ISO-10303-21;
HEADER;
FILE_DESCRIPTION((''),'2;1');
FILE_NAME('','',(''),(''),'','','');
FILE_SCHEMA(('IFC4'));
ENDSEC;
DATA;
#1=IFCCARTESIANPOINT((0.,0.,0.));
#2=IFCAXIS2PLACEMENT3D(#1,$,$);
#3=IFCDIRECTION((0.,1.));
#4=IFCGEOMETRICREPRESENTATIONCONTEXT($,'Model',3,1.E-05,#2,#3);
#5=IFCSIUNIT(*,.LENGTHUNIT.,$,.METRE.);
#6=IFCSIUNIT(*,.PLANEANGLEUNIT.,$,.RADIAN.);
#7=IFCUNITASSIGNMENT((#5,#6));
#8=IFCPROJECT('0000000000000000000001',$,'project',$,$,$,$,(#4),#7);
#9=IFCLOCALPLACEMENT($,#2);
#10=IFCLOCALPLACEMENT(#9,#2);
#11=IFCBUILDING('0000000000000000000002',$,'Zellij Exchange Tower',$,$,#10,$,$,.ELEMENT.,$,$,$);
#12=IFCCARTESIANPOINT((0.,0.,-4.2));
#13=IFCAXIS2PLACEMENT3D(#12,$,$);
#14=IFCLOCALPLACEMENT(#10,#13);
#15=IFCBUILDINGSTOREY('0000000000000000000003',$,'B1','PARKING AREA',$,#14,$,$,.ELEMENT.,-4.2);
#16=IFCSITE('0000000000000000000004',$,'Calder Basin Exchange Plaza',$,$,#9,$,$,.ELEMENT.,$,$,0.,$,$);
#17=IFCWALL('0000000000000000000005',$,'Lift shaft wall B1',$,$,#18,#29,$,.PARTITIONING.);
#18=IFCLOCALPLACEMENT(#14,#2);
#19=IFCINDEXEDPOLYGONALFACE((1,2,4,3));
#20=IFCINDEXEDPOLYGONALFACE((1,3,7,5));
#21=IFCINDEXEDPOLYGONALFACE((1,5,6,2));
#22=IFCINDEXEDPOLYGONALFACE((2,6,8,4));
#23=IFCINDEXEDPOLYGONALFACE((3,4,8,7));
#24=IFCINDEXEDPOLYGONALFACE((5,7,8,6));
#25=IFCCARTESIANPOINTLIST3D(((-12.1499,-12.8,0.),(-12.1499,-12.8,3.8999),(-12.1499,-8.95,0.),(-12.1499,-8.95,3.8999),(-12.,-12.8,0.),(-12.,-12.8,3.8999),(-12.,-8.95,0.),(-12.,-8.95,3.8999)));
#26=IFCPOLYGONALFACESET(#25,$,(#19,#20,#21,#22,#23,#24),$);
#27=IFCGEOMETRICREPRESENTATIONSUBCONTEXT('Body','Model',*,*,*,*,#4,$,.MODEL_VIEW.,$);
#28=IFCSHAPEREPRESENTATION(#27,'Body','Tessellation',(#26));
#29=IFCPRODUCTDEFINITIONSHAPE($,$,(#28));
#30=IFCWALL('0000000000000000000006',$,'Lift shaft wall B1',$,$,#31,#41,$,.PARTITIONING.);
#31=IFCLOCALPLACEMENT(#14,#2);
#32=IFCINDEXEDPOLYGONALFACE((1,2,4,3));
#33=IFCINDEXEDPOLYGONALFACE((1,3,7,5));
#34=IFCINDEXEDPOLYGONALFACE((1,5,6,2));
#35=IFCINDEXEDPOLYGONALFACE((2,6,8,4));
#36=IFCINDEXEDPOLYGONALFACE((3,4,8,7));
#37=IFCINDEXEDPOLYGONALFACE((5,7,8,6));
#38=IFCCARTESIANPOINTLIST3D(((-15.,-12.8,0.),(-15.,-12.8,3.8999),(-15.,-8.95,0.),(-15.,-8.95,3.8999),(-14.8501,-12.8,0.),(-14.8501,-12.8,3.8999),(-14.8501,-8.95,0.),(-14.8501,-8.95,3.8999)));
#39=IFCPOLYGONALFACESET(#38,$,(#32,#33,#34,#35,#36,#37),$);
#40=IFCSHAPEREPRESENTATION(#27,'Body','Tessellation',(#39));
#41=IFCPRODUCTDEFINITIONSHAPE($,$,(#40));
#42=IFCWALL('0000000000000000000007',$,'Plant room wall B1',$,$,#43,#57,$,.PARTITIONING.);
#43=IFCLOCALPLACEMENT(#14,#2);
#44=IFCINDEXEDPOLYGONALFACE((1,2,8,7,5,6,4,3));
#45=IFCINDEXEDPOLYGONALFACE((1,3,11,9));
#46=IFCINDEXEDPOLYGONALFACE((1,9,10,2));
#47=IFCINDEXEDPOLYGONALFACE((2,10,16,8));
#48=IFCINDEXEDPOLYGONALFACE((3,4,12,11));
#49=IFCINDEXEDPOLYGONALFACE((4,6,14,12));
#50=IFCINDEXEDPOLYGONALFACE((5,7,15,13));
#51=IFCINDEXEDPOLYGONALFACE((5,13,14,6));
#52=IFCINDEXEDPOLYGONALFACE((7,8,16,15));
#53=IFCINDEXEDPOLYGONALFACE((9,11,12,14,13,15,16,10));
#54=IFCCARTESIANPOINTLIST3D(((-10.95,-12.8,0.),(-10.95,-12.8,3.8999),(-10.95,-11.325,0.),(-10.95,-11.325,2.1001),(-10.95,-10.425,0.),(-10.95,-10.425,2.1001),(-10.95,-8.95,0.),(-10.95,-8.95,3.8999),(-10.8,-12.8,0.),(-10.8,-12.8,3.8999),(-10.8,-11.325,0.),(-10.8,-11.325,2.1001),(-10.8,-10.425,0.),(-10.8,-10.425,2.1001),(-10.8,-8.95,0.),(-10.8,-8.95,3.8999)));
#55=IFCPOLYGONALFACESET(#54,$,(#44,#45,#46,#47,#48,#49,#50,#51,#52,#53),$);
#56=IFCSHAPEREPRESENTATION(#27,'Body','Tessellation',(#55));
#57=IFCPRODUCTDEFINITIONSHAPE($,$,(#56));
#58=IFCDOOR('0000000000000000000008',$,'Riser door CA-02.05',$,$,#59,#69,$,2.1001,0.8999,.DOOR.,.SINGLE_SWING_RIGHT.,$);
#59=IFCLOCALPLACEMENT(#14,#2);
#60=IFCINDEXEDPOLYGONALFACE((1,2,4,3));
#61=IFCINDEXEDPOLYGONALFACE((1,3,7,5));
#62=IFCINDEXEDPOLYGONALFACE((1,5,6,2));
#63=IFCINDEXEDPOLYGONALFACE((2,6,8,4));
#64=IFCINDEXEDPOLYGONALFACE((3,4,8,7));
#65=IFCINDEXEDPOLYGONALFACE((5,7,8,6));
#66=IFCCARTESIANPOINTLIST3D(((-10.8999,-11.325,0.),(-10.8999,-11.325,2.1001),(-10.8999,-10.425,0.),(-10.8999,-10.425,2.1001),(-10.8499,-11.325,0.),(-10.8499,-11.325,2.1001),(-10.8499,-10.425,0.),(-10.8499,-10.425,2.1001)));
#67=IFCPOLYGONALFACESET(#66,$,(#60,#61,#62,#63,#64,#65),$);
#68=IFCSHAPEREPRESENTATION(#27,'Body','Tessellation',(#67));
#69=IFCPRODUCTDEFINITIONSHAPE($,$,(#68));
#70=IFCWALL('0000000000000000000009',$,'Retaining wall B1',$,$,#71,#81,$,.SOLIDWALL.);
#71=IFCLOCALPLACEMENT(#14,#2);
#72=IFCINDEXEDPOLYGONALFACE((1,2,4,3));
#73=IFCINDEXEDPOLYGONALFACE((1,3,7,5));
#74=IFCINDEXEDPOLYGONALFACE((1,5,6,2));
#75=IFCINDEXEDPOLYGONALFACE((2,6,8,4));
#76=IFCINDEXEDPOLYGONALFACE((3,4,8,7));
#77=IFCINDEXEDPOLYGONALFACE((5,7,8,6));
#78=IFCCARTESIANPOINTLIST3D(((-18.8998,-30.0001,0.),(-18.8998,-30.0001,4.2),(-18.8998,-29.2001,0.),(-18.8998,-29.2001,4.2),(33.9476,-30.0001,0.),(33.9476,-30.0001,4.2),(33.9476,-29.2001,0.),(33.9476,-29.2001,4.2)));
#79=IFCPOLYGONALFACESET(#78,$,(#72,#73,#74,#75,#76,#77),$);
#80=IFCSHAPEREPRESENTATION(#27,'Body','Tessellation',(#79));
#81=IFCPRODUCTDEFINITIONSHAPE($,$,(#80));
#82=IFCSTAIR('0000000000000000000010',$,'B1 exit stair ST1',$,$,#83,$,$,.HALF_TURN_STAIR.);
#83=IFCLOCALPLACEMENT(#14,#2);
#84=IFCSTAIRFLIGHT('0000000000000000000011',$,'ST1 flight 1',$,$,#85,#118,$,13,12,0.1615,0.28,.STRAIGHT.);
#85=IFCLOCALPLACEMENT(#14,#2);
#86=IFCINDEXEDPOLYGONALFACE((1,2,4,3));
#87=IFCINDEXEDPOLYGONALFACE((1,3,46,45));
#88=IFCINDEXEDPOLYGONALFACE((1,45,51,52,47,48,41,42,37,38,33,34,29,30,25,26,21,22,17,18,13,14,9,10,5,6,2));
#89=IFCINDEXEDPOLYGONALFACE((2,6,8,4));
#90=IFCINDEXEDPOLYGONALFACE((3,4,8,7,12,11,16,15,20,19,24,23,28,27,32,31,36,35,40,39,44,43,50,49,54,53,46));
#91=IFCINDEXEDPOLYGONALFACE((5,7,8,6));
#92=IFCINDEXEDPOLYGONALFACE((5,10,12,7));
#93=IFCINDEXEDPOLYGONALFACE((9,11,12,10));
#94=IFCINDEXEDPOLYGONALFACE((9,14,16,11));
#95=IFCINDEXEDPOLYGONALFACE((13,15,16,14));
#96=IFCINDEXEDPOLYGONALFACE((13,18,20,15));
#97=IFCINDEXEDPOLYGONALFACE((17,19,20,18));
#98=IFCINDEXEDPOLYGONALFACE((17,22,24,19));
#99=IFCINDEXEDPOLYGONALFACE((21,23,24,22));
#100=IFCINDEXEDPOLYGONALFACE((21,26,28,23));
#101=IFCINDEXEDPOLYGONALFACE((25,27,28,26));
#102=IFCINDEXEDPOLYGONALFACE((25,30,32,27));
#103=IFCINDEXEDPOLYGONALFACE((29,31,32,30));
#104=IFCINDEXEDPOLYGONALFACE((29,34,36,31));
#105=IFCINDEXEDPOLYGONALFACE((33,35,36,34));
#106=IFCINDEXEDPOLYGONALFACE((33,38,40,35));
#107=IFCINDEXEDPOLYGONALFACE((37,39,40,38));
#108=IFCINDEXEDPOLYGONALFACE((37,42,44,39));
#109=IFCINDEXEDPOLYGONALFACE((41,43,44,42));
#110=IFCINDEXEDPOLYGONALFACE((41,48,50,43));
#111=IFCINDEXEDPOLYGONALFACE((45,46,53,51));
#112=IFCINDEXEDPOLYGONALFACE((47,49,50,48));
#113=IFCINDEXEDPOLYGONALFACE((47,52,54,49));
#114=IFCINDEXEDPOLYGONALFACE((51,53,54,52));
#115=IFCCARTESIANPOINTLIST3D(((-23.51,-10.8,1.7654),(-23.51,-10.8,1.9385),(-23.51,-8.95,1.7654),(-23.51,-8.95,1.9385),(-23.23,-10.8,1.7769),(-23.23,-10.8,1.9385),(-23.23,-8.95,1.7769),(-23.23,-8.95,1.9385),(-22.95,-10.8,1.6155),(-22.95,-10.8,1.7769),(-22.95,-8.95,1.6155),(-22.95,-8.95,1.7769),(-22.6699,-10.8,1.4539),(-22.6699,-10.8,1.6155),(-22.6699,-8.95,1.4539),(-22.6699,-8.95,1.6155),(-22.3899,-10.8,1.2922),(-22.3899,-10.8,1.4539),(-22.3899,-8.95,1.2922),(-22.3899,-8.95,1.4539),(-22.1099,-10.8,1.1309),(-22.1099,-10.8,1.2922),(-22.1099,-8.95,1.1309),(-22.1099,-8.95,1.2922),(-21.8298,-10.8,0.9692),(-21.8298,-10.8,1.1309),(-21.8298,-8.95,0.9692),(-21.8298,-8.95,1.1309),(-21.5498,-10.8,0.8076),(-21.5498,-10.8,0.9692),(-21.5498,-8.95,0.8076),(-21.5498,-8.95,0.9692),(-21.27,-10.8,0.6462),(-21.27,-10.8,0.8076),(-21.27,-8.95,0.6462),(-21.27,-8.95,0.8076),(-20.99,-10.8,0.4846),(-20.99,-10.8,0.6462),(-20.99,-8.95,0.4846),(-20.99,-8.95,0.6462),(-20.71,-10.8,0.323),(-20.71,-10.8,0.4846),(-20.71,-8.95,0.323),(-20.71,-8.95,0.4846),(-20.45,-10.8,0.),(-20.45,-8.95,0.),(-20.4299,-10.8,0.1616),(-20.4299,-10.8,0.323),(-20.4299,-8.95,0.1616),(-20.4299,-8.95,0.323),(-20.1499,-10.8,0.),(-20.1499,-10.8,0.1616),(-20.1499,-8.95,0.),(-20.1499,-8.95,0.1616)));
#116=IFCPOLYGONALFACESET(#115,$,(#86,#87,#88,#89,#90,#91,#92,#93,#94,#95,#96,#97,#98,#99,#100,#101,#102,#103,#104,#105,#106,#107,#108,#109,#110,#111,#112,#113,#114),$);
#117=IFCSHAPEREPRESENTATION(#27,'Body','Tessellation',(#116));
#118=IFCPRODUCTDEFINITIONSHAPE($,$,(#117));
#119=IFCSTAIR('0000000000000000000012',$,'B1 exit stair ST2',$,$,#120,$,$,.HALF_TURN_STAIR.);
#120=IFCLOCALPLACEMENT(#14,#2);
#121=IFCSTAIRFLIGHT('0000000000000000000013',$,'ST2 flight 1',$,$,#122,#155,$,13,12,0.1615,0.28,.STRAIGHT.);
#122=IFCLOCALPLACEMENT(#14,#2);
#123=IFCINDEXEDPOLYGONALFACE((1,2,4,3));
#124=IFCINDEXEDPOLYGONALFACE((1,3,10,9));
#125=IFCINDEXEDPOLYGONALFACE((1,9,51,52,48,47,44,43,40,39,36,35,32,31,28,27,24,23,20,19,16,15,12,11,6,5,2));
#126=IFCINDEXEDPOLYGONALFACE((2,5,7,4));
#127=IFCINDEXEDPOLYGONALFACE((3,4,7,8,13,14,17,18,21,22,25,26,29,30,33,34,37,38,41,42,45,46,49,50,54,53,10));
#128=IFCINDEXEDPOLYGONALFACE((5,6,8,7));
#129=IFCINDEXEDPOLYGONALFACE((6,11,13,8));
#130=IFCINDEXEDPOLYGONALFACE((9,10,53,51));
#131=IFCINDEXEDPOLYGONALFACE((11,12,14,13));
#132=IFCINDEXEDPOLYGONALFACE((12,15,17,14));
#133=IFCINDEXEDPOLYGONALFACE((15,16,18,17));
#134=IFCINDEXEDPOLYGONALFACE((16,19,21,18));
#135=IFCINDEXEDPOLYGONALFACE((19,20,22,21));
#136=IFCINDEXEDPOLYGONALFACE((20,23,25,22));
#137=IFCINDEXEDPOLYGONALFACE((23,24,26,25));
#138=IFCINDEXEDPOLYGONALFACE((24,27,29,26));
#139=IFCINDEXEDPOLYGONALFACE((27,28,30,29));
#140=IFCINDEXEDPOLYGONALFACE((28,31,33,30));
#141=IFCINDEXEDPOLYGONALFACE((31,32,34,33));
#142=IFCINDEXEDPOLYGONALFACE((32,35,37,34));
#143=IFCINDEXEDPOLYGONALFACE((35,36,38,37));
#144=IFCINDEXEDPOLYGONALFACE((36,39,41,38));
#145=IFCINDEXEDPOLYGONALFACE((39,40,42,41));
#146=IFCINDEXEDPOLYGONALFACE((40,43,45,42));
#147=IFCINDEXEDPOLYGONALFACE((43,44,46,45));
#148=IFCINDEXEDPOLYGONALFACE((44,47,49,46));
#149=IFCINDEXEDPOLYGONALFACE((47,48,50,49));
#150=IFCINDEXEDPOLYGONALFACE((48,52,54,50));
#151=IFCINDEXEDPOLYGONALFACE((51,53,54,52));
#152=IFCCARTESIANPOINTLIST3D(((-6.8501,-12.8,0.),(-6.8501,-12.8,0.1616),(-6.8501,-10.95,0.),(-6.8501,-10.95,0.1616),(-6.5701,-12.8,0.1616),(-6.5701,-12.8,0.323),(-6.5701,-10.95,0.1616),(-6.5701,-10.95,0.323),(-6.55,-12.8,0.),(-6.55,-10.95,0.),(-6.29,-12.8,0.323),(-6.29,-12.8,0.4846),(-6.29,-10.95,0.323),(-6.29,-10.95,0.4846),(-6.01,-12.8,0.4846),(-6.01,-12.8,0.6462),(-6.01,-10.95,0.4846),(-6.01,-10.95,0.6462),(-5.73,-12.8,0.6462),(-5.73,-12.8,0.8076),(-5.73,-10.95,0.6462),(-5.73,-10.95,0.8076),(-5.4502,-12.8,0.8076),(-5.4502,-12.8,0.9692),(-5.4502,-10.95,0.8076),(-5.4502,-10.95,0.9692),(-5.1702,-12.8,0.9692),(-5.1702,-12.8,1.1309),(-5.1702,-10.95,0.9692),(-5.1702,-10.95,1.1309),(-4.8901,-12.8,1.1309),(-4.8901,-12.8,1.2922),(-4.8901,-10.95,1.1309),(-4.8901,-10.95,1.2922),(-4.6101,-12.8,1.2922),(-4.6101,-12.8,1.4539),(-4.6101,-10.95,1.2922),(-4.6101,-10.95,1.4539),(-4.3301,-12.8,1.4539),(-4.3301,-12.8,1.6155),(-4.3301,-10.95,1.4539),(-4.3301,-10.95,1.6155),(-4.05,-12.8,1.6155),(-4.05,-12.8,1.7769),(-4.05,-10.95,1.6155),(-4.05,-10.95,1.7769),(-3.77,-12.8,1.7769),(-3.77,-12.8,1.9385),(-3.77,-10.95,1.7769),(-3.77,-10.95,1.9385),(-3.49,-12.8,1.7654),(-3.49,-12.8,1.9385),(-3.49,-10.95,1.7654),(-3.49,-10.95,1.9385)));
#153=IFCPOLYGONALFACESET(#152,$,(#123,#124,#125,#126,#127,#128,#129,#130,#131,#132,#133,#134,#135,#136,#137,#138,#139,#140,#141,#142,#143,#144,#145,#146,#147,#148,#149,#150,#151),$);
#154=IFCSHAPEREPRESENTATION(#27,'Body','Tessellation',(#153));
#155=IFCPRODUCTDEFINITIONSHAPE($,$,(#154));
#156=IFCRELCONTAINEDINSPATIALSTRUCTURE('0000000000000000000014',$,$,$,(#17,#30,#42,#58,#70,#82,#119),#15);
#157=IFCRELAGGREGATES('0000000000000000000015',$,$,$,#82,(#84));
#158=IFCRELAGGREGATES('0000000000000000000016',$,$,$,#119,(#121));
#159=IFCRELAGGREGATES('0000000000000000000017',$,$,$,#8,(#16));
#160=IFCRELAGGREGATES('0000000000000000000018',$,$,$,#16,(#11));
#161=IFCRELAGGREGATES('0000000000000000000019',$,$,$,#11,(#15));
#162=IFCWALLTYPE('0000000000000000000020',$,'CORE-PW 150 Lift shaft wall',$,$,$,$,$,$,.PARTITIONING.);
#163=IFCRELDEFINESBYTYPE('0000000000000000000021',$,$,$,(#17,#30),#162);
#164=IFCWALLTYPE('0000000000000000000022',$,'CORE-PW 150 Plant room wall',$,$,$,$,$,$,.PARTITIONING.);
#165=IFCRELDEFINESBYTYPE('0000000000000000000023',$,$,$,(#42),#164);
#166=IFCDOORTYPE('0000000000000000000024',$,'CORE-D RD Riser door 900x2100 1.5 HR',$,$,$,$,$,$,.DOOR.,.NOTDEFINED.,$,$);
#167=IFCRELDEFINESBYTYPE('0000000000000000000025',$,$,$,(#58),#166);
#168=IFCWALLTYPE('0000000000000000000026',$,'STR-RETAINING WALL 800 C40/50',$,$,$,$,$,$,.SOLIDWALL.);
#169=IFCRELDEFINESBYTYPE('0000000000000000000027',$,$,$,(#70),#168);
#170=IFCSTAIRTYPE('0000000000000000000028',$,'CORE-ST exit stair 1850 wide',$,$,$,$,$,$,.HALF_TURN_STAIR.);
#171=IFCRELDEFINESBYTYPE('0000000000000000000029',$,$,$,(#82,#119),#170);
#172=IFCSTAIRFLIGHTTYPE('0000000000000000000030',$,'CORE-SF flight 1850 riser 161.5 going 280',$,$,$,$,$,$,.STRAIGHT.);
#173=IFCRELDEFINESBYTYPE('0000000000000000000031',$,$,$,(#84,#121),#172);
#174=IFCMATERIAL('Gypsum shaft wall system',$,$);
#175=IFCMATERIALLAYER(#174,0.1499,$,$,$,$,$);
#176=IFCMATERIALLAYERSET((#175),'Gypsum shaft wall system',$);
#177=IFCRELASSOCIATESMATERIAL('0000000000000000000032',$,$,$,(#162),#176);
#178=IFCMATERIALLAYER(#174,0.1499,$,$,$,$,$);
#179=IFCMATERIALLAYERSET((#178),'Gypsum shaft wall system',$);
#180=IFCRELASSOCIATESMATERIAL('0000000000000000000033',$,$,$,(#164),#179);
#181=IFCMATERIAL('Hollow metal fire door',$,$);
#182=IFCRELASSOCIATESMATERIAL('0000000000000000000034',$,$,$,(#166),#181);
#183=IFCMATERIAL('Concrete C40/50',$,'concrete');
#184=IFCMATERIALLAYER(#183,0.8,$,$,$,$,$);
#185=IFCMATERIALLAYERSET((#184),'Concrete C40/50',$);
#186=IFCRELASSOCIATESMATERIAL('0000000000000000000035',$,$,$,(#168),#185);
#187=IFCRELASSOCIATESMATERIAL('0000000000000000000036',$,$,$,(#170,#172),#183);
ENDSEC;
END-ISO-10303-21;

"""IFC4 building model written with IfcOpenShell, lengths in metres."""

from ifc_helpers import new_model, si_unit, direction, frame, frame_2d, origin, place, context, subcontext, project, spatial, polyline, rectangle, outline, extrude, material, layer, layer_set, type_object, element, fill, aggregate, save


model = new_model("IFC4")

# Units and contexts
model_context = context("Model", 3, precision=1e-05, world=origin(), true_north=direction((0.0, 1.0)))
body_context = subcontext(model_context, "Body", "Model", "MODEL_VIEW")
ifc_project = project(units=[si_unit("LENGTHUNIT", "METRE"), si_unit("PLANEANGLEUNIT", "RADIAN")], contexts=[model_context])

# Site, building, storey
site_placement = place(None, origin())
site = spatial("IfcSite", under=ifc_project, at=site_placement, Name="Calder Basin Exchange Plaza", CompositionType="ELEMENT", RefElevation=0.0)
building_placement = place(site_placement, origin())
building = spatial("IfcBuilding", under=site, at=building_placement, Name="Zellij Exchange Tower", CompositionType="ELEMENT")
storey_placement = place(building_placement, frame((0.0, 0.0, -4.2)))
storey = spatial("IfcBuildingStorey", under=building, at=storey_placement, Name="B1", Description="PARKING AREA", CompositionType="ELEMENT", Elevation=-4.2)

# Shared definitions
ifc_material_1 = material(Name="Concrete C40/50", Category="concrete")

# Walls
ifc_material_2 = material(Name="Gypsum shaft wall system")
ifc_layer_1 = layer(ifc_material_2, 0.1499)
ifc_layer_set_1 = layer_set([ifc_layer_1], Name="Gypsum shaft wall system")
wall_type_1 = type_object("IfcWallType", Name="CORE-PW 150 Lift shaft wall", PredefinedType="PARTITIONING", material=ifc_layer_set_1)
for number, where, z_axis, x_axis, name in (
    (1, (-12.075, -12.8, 0.0), (0.0, 0.0, 1.0), (0.0, 1.0, 0.0), "Lift shaft wall B1"),
    (2, (-14.925, -12.8, 0.0), (0.0, 0.0, 1.0), (0.0, 1.0, 0.0), "Lift shaft wall B1"),
):
    element("IfcWall", number, at=place(storey_placement, frame(where, z_axis=z_axis, x_axis=x_axis)), inside=storey, type_object=wall_type_1, Name=name, PredefinedType="PARTITIONING", context=body_context, shape_type="SweptSolid", body=[
        extrude(rectangle(XDim=3.8501, YDim=0.1499, at=frame_2d((1.925, 0.0))), origin(), (0.0, 0.0, 1.0), 3.8999),
    ])

# Wall, opening, door
ifc_layer_2 = layer(ifc_material_2, 0.1499)
ifc_layer_set_2 = layer_set([ifc_layer_2], Name="Gypsum shaft wall system")
wall_type_2 = type_object("IfcWallType", Name="CORE-PW 150 Plant room wall", PredefinedType="PARTITIONING", material=ifc_layer_set_2)
wall_1_placement = place(storey_placement, frame((-10.875, -12.8, 0.0), z_axis=(0.0, 0.0, 1.0), x_axis=(0.0, 1.0, 0.0)))
wall_1 = element("IfcWall", 3, at=wall_1_placement, inside=storey, type_object=wall_type_2, Name="Plant room wall B1", PredefinedType="PARTITIONING", context=body_context, shape_type="SweptSolid", body=[
    extrude(rectangle(XDim=3.8501, YDim=0.1499, at=frame_2d((1.925, 0.0))), origin(), (0.0, 0.0, 1.0), 3.8999),
])
opening_placement = place(wall_1_placement, frame((1.4751, 0.0, 0.0)))
opening = element("IfcOpeningElement", 4, at=opening_placement, cuts=wall_1, PredefinedType="OPENING", context=body_context, shape_type="SweptSolid", body=[
    extrude(rectangle(XDim=0.8999, YDim=2.1001, at=frame_2d((0.45, 1.05))), frame((0.0, 0.0869, 0.0), z_axis=(0.0, -1.0, 0.0), x_axis=(1.0, 0.0, 0.0)), (0.0, 0.0, 1.0), 0.1738),
])
ifc_material_3 = material(Name="Hollow metal fire door")
door_type = type_object("IfcDoorType", Name="CORE-D RD Riser door 900x2100 1.5 HR", OperationType="NOTDEFINED", PredefinedType="DOOR", material=ifc_material_3)
door_placement = place(opening_placement, origin())
door = element("IfcDoor", 5, at=door_placement, inside=storey, type_object=door_type, Name="Riser door CA-02.05", OperationType="SINGLE_SWING_RIGHT", OverallHeight=2.1001, OverallWidth=0.8999, PredefinedType="DOOR", context=body_context, shape_type="SweptSolid", body=[
    extrude(rectangle(XDim=0.8999, YDim=2.1001, at=frame_2d((0.45, 1.05))), frame((0.0, 0.0249, 0.0), z_axis=(0.0, -1.0, 0.0), x_axis=(1.0, 0.0, 0.0)), (0.0, 0.0, 1.0), 0.05),
])
fill(opening, door)

# Wall
ifc_layer_3 = layer(ifc_material_1, 0.8)
ifc_layer_set_3 = layer_set([ifc_layer_3], Name="Concrete C40/50")
wall_type_3 = type_object("IfcWallType", Name="STR-RETAINING WALL 800 C40/50", PredefinedType="SOLIDWALL", material=ifc_layer_set_3)
wall_2_placement = place(storey_placement, frame((-18.8999, -29.6001, 0.0), z_axis=(0.0, 0.0, 1.0), x_axis=(1.0, 0.0, 0.0)))
element("IfcWall", 6, at=wall_2_placement, inside=storey, type_object=wall_type_3, Name="Retaining wall B1", PredefinedType="SOLIDWALL", context=body_context, shape_type="SweptSolid", body=[
    extrude(rectangle(XDim=52.8474, YDim=0.8, at=frame_2d((26.4238, 0.0))), origin(), (0.0, 0.0, 1.0), 4.2),
])

# Stairs, stair flights
stair_type = type_object("IfcStairType", Name="CORE-ST exit stair 1850 wide", PredefinedType="HALF_TURN_STAIR", material=ifc_material_1)
stair_1_placement = place(storey_placement, origin())
stair_1 = element("IfcStair", 7, at=stair_1_placement, inside=storey, type_object=stair_type, Name="B1 exit stair ST1", PredefinedType="HALF_TURN_STAIR")
stair_flight_type = type_object("IfcStairFlightType", Name="CORE-SF flight 1850 riser 161.5 going 280", PredefinedType="STRAIGHT", material=ifc_material_1)
stair_flight_1_placement = place(storey_placement, frame((-20.1499, -9.875, 0.0), z_axis=(0.0, 0.0, 1.0), x_axis=(-1.0, 0.0, 0.0)))
stair_flight_1 = element("IfcStairFlight", 8, at=stair_flight_1_placement, type_object=stair_flight_type, Name="ST1 flight 1", NumberOfRisers=13, NumberOfTreads=12, PredefinedType="STRAIGHT", RiserHeight=0.1615, TreadLength=0.28, context=body_context, shape_type="SweptSolid", body=[
    extrude(outline(polyline([(0.0, 0.0), (0.0, 0.1616), (0.28, 0.1616), (0.28, 0.323), (0.5601, 0.323), (0.5601, 0.4846), (0.8401, 0.4846), (0.8401, 0.6462), (1.1201, 0.6462), (1.1201, 0.8076), (1.3999, 0.8076), (1.3999, 0.9692), (1.6799, 0.9692), (1.6799, 1.1309), (1.96, 1.1309), (1.96, 1.2922), (2.24, 1.2922), (2.24, 1.4539), (2.52, 1.4539), (2.52, 1.6155), (2.8, 1.6155), (2.8, 1.7769), (3.0801, 1.7769), (3.0801, 1.9385), (3.3601, 1.9385), (3.3601, 2.1001), (3.3601, 1.7654), (0.3, 0.0), (0.0, 0.0)])), frame((0.0, 0.925, 0.0), z_axis=(0.0, -1.0, 0.0), x_axis=(1.0, 0.0, 0.0)), (0.0, 0.0, 1.0), 1.8501),
])
aggregate(stair_1, [stair_flight_1])
stair_2_placement = place(storey_placement, origin())
stair_2 = element("IfcStair", 9, at=stair_2_placement, inside=storey, type_object=stair_type, Name="B1 exit stair ST2", PredefinedType="HALF_TURN_STAIR")
stair_flight_2_placement = place(storey_placement, frame((-6.8501, -11.875, 0.0), z_axis=(0.0, 0.0, 1.0), x_axis=(1.0, 0.0, 0.0)))
stair_flight_2 = element("IfcStairFlight", 10, at=stair_flight_2_placement, type_object=stair_flight_type, Name="ST2 flight 1", NumberOfRisers=13, NumberOfTreads=12, PredefinedType="STRAIGHT", RiserHeight=0.1615, TreadLength=0.28, context=body_context, shape_type="SweptSolid", body=[
    extrude(outline(polyline([(0.0, 0.0), (0.0, 0.1616), (0.28, 0.1616), (0.28, 0.323), (0.5601, 0.323), (0.5601, 0.4846), (0.8401, 0.4846), (0.8401, 0.6462), (1.1201, 0.6462), (1.1201, 0.8076), (1.3999, 0.8076), (1.3999, 0.9692), (1.6799, 0.9692), (1.6799, 1.1309), (1.96, 1.1309), (1.96, 1.2922), (2.24, 1.2922), (2.24, 1.4539), (2.52, 1.4539), (2.52, 1.6155), (2.8, 1.6155), (2.8, 1.7769), (3.0801, 1.7769), (3.0801, 1.9385), (3.3601, 1.9385), (3.3601, 2.1001), (3.3601, 1.7654), (0.3, 0.0), (0.0, 0.0)])), frame((0.0, 0.925, 0.0), z_axis=(0.0, -1.0, 0.0), x_axis=(1.0, 0.0, 0.0)), (0.0, 0.0, 1.0), 1.8501),
])
aggregate(stair_2, [stair_flight_2])

save(model, "model.ifc")
